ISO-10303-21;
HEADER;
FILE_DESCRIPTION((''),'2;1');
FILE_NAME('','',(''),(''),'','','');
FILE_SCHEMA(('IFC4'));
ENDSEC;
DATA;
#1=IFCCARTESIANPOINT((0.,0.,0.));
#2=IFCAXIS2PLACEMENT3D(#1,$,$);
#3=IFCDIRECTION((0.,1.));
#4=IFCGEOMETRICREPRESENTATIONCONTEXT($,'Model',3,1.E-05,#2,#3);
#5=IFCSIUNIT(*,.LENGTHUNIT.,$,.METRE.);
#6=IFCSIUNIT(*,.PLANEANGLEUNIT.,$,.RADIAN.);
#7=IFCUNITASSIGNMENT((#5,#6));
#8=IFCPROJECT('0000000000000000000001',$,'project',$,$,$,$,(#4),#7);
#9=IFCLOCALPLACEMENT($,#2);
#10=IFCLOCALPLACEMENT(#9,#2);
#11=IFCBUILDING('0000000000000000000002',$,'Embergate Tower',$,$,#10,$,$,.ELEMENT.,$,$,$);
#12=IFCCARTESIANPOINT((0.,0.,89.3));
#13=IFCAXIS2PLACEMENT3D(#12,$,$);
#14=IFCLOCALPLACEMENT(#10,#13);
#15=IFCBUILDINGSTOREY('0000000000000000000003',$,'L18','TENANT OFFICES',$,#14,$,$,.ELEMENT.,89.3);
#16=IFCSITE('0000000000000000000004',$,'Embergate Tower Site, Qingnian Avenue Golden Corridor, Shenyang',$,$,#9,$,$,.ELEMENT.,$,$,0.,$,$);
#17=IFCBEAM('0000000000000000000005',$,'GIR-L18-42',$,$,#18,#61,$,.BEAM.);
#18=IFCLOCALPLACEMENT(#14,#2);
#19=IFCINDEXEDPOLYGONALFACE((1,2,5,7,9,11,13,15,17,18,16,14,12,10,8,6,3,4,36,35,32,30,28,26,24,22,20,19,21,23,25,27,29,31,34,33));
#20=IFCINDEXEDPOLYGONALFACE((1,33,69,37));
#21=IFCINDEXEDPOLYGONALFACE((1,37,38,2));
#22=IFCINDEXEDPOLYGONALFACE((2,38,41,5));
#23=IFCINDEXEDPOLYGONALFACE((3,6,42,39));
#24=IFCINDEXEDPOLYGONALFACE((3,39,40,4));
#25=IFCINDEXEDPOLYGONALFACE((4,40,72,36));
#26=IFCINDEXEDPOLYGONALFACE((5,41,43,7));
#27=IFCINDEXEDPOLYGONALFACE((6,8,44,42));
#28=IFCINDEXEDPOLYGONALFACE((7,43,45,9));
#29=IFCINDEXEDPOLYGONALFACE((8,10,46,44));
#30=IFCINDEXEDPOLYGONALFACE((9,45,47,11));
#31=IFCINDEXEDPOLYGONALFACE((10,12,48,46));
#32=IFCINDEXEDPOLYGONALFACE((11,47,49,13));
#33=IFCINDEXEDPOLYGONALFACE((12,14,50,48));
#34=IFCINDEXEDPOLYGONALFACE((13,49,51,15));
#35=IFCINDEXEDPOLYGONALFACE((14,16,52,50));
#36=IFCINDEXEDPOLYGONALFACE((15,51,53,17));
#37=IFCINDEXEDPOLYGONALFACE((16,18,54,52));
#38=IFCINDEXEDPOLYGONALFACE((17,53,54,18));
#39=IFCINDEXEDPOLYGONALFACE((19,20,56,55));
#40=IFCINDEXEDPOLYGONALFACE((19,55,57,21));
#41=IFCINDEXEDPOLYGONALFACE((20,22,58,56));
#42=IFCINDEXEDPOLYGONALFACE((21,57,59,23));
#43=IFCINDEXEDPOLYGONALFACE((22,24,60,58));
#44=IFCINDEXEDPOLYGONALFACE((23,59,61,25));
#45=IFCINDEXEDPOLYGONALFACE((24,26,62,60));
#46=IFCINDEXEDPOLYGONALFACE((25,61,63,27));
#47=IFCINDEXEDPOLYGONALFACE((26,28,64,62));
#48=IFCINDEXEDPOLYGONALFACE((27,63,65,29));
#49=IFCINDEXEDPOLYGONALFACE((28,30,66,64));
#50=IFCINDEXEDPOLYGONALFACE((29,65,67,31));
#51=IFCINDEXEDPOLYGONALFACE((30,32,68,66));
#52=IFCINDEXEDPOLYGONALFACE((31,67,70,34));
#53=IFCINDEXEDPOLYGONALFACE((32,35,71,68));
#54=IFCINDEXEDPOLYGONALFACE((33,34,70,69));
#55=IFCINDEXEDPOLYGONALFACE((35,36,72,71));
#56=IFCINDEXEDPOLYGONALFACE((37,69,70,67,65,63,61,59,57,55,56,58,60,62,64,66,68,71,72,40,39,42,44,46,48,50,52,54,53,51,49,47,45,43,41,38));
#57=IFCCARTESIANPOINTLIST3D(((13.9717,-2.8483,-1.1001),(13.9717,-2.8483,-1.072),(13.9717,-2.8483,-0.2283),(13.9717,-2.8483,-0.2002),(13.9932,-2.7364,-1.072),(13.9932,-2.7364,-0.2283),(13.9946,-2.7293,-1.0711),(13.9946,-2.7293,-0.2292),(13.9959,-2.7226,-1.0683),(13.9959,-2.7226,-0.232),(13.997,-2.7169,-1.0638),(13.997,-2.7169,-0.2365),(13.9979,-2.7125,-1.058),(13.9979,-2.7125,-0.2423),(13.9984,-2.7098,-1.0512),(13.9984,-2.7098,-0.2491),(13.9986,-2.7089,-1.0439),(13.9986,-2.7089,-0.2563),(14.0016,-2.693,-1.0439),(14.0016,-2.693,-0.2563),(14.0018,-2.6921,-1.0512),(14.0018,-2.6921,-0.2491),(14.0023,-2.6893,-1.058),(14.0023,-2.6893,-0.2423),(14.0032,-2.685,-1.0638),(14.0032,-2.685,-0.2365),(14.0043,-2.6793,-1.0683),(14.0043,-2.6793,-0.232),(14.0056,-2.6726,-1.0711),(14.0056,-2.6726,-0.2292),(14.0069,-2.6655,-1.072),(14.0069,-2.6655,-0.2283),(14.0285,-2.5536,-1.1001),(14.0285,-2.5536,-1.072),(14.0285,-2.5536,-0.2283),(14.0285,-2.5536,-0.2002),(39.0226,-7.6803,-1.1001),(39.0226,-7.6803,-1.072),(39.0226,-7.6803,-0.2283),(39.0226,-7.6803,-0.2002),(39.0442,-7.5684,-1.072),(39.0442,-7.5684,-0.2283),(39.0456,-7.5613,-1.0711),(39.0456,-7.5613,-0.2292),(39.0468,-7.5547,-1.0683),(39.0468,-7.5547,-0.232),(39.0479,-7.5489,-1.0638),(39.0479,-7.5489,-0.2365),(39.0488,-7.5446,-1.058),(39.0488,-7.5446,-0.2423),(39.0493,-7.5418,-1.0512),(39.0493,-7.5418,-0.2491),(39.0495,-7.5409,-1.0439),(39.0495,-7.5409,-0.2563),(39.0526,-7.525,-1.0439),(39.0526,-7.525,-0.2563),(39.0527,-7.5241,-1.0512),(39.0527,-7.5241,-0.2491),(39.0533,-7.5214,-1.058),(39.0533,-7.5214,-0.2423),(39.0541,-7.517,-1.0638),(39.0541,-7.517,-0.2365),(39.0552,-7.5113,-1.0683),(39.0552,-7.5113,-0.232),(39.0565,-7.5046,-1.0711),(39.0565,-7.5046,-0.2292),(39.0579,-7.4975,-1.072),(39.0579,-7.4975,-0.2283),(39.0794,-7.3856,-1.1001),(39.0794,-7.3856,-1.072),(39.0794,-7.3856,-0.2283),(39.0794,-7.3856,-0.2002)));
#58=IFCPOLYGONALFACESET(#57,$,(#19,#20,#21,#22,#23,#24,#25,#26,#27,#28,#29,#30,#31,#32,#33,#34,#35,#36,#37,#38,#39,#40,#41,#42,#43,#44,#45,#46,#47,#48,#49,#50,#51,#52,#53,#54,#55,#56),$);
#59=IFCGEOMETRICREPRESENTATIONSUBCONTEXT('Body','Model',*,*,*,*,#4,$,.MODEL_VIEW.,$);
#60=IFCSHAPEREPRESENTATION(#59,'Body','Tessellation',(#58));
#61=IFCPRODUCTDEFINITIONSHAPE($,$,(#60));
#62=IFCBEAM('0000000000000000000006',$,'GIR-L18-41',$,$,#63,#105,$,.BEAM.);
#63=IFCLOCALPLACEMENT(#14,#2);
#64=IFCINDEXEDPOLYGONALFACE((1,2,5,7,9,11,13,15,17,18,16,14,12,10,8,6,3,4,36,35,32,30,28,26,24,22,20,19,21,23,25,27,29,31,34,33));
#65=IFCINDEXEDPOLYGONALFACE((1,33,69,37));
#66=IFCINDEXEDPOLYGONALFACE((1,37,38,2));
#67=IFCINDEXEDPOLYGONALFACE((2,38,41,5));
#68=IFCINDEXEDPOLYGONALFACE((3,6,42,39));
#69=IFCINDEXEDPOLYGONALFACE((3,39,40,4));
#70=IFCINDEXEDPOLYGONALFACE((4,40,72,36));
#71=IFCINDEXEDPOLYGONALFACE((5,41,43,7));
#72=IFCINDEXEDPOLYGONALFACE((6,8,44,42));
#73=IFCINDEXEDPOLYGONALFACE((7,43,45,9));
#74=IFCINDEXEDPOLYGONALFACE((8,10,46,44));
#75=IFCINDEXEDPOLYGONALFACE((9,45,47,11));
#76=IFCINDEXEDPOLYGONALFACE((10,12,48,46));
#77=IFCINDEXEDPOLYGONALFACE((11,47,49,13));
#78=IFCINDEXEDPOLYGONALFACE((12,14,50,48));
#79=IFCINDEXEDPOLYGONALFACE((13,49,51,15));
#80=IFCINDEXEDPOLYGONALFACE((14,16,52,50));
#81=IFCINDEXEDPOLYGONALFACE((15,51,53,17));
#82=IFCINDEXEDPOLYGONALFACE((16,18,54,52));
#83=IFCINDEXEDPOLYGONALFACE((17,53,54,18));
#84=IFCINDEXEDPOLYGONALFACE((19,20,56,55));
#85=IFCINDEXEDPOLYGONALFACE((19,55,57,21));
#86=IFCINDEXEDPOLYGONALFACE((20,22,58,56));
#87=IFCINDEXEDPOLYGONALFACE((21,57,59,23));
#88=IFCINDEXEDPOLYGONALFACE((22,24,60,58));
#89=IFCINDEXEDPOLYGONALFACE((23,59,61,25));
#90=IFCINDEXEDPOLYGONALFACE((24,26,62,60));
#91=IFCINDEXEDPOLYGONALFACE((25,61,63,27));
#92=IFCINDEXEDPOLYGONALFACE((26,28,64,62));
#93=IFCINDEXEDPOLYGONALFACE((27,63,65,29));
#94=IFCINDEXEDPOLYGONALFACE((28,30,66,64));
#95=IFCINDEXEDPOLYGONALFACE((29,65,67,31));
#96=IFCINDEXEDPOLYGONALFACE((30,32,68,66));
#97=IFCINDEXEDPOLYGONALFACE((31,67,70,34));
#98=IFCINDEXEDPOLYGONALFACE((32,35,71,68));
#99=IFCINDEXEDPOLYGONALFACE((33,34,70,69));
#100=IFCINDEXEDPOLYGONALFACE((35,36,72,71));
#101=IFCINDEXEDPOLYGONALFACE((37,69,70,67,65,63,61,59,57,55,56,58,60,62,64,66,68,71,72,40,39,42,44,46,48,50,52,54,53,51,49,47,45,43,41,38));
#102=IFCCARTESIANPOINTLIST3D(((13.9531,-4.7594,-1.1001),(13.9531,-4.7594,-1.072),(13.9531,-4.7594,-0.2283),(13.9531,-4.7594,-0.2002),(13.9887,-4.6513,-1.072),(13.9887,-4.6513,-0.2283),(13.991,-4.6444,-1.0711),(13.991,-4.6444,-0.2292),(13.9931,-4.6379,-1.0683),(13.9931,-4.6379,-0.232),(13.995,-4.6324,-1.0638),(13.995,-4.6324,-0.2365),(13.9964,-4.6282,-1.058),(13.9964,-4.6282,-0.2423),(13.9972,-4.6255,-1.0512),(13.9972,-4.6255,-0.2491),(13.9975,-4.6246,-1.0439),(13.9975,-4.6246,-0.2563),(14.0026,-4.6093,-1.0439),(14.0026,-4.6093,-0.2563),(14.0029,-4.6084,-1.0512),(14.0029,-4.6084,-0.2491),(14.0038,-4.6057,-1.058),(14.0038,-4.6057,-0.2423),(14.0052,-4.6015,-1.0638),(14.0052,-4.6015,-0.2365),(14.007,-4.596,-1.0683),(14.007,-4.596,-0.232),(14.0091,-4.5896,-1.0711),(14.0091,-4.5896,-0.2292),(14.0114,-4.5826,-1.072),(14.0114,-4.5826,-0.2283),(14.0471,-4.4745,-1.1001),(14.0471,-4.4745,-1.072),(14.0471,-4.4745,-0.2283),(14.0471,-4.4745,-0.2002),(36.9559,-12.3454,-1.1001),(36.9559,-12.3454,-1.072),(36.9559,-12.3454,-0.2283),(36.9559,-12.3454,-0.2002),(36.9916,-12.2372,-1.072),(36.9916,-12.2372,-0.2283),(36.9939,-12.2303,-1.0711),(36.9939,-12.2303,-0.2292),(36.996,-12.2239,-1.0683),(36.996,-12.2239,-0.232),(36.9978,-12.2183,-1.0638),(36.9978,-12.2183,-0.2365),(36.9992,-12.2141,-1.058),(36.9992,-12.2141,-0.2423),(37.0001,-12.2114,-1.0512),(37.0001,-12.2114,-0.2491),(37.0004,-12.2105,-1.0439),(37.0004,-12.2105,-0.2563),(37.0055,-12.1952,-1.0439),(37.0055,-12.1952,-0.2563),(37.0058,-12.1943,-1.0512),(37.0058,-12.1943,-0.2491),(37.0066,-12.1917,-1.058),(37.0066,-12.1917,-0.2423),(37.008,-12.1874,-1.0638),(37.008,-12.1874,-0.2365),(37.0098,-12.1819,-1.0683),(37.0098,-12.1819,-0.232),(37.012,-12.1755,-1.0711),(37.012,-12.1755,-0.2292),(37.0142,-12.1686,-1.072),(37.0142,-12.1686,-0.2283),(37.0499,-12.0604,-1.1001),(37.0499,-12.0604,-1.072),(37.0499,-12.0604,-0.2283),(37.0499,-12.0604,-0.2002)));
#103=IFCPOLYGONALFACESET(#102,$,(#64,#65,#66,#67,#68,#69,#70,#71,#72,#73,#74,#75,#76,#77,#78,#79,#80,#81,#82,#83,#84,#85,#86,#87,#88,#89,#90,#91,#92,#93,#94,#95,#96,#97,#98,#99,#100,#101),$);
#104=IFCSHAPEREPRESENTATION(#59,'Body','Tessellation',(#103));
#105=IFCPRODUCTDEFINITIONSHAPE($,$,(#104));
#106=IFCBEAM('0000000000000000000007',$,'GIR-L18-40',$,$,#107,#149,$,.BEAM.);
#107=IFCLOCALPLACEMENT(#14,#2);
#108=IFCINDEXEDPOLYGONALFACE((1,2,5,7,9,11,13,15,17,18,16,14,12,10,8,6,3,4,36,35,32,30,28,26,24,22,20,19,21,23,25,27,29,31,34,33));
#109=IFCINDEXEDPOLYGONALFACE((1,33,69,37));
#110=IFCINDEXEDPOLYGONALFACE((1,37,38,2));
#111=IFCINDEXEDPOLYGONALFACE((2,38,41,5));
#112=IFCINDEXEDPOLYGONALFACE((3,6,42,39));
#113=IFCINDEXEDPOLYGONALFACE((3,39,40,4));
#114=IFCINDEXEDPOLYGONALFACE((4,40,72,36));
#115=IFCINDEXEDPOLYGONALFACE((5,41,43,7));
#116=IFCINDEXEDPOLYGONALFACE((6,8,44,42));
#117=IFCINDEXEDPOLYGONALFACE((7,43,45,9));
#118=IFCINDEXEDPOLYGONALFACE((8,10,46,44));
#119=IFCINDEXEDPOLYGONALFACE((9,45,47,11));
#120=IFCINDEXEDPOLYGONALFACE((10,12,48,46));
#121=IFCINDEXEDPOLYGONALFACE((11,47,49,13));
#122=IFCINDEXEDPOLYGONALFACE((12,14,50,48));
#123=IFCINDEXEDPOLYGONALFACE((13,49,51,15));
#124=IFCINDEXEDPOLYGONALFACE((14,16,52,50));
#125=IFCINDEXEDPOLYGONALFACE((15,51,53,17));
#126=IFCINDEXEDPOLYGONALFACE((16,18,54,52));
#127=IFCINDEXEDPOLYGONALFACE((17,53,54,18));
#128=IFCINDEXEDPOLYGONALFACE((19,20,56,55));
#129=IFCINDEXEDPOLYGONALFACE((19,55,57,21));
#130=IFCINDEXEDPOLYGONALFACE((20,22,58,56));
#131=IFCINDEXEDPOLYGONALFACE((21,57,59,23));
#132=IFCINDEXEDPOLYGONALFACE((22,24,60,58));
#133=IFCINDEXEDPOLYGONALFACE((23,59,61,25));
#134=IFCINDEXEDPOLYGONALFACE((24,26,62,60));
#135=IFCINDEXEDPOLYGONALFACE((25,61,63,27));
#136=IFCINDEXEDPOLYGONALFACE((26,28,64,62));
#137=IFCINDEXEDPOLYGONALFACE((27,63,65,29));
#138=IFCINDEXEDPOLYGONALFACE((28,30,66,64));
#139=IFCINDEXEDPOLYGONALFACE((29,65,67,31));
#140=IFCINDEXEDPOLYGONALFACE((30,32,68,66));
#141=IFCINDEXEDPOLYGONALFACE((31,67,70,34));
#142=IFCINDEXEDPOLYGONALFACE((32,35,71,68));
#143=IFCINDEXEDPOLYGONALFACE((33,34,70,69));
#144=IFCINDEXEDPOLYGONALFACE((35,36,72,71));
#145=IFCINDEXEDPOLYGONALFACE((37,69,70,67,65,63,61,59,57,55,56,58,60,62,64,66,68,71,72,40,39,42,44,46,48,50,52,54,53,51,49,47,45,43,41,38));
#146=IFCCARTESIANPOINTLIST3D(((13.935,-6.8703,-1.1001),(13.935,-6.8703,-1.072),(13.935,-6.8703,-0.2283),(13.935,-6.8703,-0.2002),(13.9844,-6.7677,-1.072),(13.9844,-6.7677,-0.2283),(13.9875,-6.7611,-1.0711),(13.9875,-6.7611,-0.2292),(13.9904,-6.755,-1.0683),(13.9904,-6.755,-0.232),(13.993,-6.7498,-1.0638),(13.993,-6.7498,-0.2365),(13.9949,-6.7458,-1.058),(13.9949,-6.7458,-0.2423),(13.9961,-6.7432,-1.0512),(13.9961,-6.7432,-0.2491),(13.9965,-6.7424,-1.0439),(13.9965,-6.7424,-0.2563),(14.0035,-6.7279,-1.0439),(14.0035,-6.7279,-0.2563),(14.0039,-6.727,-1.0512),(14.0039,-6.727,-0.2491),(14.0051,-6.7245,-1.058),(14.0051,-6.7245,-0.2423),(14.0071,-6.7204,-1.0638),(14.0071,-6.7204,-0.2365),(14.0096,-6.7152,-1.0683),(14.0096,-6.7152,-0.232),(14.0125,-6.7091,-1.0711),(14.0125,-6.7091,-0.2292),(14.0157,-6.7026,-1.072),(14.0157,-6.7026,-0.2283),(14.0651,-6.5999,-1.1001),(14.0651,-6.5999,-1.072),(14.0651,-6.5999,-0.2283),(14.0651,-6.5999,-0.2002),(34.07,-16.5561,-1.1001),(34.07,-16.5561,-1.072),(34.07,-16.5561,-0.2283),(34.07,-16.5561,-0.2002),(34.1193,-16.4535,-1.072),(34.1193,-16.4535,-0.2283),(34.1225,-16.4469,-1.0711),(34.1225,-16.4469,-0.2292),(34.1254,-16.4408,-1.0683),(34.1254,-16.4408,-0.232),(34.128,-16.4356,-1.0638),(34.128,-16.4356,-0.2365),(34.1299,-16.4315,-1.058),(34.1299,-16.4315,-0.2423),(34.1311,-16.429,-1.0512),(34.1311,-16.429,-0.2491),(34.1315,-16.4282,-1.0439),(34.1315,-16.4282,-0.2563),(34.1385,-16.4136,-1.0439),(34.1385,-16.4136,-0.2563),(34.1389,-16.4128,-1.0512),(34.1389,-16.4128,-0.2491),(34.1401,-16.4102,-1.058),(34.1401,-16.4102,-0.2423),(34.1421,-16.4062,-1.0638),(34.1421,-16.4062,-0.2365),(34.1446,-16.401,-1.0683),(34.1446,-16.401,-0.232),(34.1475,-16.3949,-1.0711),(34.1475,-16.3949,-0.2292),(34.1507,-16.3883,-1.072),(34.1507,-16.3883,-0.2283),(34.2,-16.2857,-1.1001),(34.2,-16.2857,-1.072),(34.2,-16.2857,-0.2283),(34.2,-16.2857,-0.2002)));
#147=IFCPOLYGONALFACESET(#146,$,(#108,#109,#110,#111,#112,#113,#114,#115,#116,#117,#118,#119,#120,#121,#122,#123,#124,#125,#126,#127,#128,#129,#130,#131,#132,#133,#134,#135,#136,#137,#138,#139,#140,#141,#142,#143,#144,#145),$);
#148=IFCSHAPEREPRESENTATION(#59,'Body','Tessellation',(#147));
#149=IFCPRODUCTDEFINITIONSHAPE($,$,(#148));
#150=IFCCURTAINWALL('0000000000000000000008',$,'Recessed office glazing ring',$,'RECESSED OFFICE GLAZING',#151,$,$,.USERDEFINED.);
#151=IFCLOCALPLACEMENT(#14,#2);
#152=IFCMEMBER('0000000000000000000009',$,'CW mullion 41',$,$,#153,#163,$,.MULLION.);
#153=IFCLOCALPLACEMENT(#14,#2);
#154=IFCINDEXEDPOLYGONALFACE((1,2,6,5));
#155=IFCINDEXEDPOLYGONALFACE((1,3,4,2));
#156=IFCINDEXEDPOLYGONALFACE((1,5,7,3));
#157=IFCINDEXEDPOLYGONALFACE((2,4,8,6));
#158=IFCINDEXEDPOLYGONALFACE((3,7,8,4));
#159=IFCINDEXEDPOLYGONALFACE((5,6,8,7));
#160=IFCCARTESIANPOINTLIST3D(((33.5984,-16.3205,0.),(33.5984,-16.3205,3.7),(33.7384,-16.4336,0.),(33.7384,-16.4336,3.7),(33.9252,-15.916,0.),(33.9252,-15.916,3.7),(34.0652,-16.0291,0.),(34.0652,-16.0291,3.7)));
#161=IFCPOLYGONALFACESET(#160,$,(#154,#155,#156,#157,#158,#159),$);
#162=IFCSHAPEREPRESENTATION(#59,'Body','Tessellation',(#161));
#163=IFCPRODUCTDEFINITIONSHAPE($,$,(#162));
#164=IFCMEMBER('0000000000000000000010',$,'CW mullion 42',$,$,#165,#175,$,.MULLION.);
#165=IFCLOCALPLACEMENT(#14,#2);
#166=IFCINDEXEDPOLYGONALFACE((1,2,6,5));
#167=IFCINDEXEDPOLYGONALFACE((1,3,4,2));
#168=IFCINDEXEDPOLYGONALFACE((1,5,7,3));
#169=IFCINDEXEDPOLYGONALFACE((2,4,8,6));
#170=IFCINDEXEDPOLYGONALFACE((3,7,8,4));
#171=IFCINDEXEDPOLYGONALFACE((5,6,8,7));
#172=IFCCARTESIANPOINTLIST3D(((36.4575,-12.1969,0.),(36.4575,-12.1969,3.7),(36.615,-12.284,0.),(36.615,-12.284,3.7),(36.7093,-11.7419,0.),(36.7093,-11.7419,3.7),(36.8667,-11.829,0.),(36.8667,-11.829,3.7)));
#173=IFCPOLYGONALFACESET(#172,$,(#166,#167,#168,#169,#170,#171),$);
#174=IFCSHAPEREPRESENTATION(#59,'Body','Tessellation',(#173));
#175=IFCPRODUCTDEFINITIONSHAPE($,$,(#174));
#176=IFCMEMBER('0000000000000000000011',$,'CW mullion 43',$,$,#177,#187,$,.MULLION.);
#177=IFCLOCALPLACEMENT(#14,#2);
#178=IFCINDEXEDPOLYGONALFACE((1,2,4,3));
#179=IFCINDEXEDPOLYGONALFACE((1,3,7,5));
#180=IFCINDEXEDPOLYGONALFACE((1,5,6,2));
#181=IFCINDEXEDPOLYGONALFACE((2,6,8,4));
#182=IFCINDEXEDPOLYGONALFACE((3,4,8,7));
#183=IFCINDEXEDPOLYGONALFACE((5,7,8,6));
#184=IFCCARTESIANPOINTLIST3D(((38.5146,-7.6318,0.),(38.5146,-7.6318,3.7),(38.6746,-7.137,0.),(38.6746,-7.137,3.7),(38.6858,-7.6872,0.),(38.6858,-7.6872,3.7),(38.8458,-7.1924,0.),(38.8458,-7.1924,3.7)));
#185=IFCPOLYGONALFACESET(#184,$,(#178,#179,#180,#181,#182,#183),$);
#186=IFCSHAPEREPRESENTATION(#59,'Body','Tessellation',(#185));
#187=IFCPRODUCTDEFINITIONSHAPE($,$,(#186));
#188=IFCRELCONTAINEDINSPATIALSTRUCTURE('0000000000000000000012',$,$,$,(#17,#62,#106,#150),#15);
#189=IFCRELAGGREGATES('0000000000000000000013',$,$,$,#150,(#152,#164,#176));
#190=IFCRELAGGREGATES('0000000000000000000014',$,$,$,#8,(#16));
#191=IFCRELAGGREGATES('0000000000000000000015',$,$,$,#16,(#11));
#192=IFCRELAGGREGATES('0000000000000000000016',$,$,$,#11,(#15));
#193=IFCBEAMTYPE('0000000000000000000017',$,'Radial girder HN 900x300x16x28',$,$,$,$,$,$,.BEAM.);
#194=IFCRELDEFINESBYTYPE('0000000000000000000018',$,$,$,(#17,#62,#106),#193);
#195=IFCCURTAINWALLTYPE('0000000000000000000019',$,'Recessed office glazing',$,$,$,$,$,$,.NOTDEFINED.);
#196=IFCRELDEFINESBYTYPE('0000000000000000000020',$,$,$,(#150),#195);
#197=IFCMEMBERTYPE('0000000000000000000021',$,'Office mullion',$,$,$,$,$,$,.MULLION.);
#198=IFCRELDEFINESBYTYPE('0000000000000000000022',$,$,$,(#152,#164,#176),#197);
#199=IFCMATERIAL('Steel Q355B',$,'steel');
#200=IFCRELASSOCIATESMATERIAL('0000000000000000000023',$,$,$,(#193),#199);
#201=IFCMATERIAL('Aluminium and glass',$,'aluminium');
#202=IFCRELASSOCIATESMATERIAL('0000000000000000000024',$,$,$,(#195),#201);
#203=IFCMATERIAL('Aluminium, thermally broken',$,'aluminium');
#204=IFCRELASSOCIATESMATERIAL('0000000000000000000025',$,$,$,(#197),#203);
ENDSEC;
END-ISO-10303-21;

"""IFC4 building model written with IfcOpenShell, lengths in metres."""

from ifc_helpers import new_model, si_unit, direction, frame, origin, origin_2d, place, context, subcontext, project, spatial, rectangle, i_section, extrude, source, transform, mapped, material, material_profile, profile_set, type_object, element, aggregate, save


model = new_model("IFC4")

# Units and contexts
model_context = context("Model", 3, precision=1e-05, world=origin(), true_north=direction((0.0, 1.0)))
body_context = subcontext(model_context, "Body", "Model", "MODEL_VIEW")
ifc_project = project(units=[si_unit("LENGTHUNIT", "METRE"), si_unit("PLANEANGLEUNIT", "RADIAN")], contexts=[model_context])

# Site, building, storey
site_placement = place(None, origin())
site = spatial("IfcSite", under=ifc_project, at=site_placement, Name="Embergate Tower Site, Qingnian Avenue Golden Corridor, Shenyang", CompositionType="ELEMENT", RefElevation=0.0)
building_placement = place(site_placement, origin())
building = spatial("IfcBuilding", under=site, at=building_placement, Name="Embergate Tower", CompositionType="ELEMENT")
storey_placement = place(building_placement, frame((0.0, 0.0, 89.3)))
storey = spatial("IfcBuildingStorey", under=building, at=storey_placement, Name="L18", Description="TENANT OFFICES", CompositionType="ELEMENT", Elevation=89.3)

# Beams
ifc_material_1 = material(Name="Steel Q355B", Category="steel")
ifc_material_profile_1 = material_profile(ifc_material_1, i_section(OverallWidth=0.3, OverallDepth=0.8999, WebThickness=0.0161, FlangeThickness=0.0281, FilletRadius=0.0281, at=origin_2d()), Name="HN 900x300x16x28")
ifc_profile_set_1 = profile_set([ifc_material_profile_1], Name="Steel Q355 grade B")
beam_type_1 = type_object("IfcBeamType", Name="Radial girder HN 900x300x16x28", PredefinedType="BEAM", material=ifc_profile_set_1)
shared_shape_1 = source(origin(), body_context, "Body", "SweptSolid", [
    extrude(i_section(OverallWidth=0.3, OverallDepth=0.8999, WebThickness=0.0161, FlangeThickness=0.0281, FilletRadius=0.0281, at=origin_2d()), origin(), (0.0, 0.0, 1.0), 25.5127),
])
beam_1_placement = place(storey_placement, frame((39.051, -7.533, -0.6501), z_axis=(-0.981901, 0.189396, 0.0), x_axis=(-0.189396, -0.981901, 0.0)))
element("IfcBeam", 1, at=beam_1_placement, inside=storey, type_object=beam_type_1, Name="GIR-L18-42", PredefinedType="BEAM", context=body_context, shape_type="MappedRepresentation", body=[
    mapped(shared_shape_1, transform((0.0, 0.0, 0.0))),
])
shared_shape_2 = source(origin(), body_context, "Body", "SweptSolid", [
    extrude(i_section(OverallWidth=0.3, OverallDepth=0.8999, WebThickness=0.0161, FlangeThickness=0.0281, FilletRadius=0.0281, at=origin_2d()), origin(), (0.0, 0.0, 1.0), 24.2214),
])
beam_2_placement = place(storey_placement, frame((37.0029, -12.2029, -0.6501), z_axis=(-0.94969, 0.31319, 0.0), x_axis=(-0.31319, -0.94969, 0.0)))
element("IfcBeam", 2, at=beam_2_placement, inside=storey, type_object=beam_type_1, Name="GIR-L18-41", PredefinedType="BEAM", context=body_context, shape_type="MappedRepresentation", body=[
    mapped(shared_shape_2, transform((0.0, 0.0, 0.0))),
])
shared_shape_3 = source(origin(), body_context, "Body", "SweptSolid", [
    extrude(i_section(OverallWidth=0.3, OverallDepth=0.8999, WebThickness=0.0161, FlangeThickness=0.0281, FilletRadius=0.0281, at=origin_2d()), origin(), (0.0, 0.0, 1.0), 22.3435),
])
beam_3_placement = place(storey_placement, frame((34.135, -16.4209, -0.6501), z_axis=(-0.901156, 0.433494, 0.0), x_axis=(-0.433494, -0.901156, 0.0)))
element("IfcBeam", 3, at=beam_3_placement, inside=storey, type_object=beam_type_1, Name="GIR-L18-40", PredefinedType="BEAM", context=body_context, shape_type="MappedRepresentation", body=[
    mapped(shared_shape_3, transform((0.0, 0.0, 0.0))),
])

# Curtain wall, members
ifc_material_2 = material(Name="Aluminium and glass", Category="aluminium")
curtain_wall_type = type_object("IfcCurtainWallType", Name="Recessed office glazing", PredefinedType="NOTDEFINED", material=ifc_material_2)
curtain_wall_placement = place(storey_placement, origin())
curtain_wall = element("IfcCurtainWall", 4, at=curtain_wall_placement, inside=storey, type_object=curtain_wall_type, Name="Recessed office glazing ring", ObjectType="RECESSED OFFICE GLAZING", PredefinedType="USERDEFINED")
ifc_material_3 = material(Name="Aluminium, thermally broken", Category="aluminium")
ifc_material_profile_2 = material_profile(ifc_material_3, rectangle(XDim=0.1799, YDim=0.52, at=origin_2d()), Name="AL 520x180")
ifc_profile_set_2 = profile_set([ifc_material_profile_2], Name="Aluminium, thermally broken")
member_type_1 = type_object("IfcMemberType", Name="Office mullion", PredefinedType="MULLION", material=ifc_profile_set_2)
shared_shape_4 = source(origin(), body_context, "Body", "SweptSolid", [
    extrude(rectangle(XDim=0.1799, YDim=0.52, at=origin_2d()), origin(), (0.0, 0.0, 1.0), 3.7),
])
member_1_placement = place(storey_placement, frame((33.8318, -16.1748, 0.0), z_axis=(0.0, 0.0, 1.0), x_axis=(-0.777876, 0.628418, 0.0)))
member_1 = element("IfcMember", 5, at=member_1_placement, type_object=member_type_1, Name="CW mullion 41", PredefinedType="MULLION", context=body_context, shape_type="MappedRepresentation", body=[
    mapped(shared_shape_4, transform((0.0, 0.0, 0.0))),
])
member_2_placement = place(storey_placement, frame((36.6621, -12.0129, 0.0), z_axis=(0.0, 0.0, 1.0), x_axis=(-0.875005, 0.484113, 0.0)))
member_2 = element("IfcMember", 6, at=member_2_placement, type_object=member_type_1, Name="CW mullion 42", PredefinedType="MULLION", context=body_context, shape_type="MappedRepresentation", body=[
    mapped(shared_shape_4, transform((0.0, 0.0, 0.0))),
])
member_3_placement = place(storey_placement, frame((38.6802, -7.4121, 0.0), z_axis=(0.0, 0.0, 1.0), x_axis=(-0.951499, 0.307651, 0.0)))
member_3 = element("IfcMember", 7, at=member_3_placement, type_object=member_type_1, Name="CW mullion 43", PredefinedType="MULLION", context=body_context, shape_type="MappedRepresentation", body=[
    mapped(shared_shape_4, transform((0.0, 0.0, 0.0))),
])
aggregate(curtain_wall, [member_1, member_2, member_3])

save(model, "model.ifc")
